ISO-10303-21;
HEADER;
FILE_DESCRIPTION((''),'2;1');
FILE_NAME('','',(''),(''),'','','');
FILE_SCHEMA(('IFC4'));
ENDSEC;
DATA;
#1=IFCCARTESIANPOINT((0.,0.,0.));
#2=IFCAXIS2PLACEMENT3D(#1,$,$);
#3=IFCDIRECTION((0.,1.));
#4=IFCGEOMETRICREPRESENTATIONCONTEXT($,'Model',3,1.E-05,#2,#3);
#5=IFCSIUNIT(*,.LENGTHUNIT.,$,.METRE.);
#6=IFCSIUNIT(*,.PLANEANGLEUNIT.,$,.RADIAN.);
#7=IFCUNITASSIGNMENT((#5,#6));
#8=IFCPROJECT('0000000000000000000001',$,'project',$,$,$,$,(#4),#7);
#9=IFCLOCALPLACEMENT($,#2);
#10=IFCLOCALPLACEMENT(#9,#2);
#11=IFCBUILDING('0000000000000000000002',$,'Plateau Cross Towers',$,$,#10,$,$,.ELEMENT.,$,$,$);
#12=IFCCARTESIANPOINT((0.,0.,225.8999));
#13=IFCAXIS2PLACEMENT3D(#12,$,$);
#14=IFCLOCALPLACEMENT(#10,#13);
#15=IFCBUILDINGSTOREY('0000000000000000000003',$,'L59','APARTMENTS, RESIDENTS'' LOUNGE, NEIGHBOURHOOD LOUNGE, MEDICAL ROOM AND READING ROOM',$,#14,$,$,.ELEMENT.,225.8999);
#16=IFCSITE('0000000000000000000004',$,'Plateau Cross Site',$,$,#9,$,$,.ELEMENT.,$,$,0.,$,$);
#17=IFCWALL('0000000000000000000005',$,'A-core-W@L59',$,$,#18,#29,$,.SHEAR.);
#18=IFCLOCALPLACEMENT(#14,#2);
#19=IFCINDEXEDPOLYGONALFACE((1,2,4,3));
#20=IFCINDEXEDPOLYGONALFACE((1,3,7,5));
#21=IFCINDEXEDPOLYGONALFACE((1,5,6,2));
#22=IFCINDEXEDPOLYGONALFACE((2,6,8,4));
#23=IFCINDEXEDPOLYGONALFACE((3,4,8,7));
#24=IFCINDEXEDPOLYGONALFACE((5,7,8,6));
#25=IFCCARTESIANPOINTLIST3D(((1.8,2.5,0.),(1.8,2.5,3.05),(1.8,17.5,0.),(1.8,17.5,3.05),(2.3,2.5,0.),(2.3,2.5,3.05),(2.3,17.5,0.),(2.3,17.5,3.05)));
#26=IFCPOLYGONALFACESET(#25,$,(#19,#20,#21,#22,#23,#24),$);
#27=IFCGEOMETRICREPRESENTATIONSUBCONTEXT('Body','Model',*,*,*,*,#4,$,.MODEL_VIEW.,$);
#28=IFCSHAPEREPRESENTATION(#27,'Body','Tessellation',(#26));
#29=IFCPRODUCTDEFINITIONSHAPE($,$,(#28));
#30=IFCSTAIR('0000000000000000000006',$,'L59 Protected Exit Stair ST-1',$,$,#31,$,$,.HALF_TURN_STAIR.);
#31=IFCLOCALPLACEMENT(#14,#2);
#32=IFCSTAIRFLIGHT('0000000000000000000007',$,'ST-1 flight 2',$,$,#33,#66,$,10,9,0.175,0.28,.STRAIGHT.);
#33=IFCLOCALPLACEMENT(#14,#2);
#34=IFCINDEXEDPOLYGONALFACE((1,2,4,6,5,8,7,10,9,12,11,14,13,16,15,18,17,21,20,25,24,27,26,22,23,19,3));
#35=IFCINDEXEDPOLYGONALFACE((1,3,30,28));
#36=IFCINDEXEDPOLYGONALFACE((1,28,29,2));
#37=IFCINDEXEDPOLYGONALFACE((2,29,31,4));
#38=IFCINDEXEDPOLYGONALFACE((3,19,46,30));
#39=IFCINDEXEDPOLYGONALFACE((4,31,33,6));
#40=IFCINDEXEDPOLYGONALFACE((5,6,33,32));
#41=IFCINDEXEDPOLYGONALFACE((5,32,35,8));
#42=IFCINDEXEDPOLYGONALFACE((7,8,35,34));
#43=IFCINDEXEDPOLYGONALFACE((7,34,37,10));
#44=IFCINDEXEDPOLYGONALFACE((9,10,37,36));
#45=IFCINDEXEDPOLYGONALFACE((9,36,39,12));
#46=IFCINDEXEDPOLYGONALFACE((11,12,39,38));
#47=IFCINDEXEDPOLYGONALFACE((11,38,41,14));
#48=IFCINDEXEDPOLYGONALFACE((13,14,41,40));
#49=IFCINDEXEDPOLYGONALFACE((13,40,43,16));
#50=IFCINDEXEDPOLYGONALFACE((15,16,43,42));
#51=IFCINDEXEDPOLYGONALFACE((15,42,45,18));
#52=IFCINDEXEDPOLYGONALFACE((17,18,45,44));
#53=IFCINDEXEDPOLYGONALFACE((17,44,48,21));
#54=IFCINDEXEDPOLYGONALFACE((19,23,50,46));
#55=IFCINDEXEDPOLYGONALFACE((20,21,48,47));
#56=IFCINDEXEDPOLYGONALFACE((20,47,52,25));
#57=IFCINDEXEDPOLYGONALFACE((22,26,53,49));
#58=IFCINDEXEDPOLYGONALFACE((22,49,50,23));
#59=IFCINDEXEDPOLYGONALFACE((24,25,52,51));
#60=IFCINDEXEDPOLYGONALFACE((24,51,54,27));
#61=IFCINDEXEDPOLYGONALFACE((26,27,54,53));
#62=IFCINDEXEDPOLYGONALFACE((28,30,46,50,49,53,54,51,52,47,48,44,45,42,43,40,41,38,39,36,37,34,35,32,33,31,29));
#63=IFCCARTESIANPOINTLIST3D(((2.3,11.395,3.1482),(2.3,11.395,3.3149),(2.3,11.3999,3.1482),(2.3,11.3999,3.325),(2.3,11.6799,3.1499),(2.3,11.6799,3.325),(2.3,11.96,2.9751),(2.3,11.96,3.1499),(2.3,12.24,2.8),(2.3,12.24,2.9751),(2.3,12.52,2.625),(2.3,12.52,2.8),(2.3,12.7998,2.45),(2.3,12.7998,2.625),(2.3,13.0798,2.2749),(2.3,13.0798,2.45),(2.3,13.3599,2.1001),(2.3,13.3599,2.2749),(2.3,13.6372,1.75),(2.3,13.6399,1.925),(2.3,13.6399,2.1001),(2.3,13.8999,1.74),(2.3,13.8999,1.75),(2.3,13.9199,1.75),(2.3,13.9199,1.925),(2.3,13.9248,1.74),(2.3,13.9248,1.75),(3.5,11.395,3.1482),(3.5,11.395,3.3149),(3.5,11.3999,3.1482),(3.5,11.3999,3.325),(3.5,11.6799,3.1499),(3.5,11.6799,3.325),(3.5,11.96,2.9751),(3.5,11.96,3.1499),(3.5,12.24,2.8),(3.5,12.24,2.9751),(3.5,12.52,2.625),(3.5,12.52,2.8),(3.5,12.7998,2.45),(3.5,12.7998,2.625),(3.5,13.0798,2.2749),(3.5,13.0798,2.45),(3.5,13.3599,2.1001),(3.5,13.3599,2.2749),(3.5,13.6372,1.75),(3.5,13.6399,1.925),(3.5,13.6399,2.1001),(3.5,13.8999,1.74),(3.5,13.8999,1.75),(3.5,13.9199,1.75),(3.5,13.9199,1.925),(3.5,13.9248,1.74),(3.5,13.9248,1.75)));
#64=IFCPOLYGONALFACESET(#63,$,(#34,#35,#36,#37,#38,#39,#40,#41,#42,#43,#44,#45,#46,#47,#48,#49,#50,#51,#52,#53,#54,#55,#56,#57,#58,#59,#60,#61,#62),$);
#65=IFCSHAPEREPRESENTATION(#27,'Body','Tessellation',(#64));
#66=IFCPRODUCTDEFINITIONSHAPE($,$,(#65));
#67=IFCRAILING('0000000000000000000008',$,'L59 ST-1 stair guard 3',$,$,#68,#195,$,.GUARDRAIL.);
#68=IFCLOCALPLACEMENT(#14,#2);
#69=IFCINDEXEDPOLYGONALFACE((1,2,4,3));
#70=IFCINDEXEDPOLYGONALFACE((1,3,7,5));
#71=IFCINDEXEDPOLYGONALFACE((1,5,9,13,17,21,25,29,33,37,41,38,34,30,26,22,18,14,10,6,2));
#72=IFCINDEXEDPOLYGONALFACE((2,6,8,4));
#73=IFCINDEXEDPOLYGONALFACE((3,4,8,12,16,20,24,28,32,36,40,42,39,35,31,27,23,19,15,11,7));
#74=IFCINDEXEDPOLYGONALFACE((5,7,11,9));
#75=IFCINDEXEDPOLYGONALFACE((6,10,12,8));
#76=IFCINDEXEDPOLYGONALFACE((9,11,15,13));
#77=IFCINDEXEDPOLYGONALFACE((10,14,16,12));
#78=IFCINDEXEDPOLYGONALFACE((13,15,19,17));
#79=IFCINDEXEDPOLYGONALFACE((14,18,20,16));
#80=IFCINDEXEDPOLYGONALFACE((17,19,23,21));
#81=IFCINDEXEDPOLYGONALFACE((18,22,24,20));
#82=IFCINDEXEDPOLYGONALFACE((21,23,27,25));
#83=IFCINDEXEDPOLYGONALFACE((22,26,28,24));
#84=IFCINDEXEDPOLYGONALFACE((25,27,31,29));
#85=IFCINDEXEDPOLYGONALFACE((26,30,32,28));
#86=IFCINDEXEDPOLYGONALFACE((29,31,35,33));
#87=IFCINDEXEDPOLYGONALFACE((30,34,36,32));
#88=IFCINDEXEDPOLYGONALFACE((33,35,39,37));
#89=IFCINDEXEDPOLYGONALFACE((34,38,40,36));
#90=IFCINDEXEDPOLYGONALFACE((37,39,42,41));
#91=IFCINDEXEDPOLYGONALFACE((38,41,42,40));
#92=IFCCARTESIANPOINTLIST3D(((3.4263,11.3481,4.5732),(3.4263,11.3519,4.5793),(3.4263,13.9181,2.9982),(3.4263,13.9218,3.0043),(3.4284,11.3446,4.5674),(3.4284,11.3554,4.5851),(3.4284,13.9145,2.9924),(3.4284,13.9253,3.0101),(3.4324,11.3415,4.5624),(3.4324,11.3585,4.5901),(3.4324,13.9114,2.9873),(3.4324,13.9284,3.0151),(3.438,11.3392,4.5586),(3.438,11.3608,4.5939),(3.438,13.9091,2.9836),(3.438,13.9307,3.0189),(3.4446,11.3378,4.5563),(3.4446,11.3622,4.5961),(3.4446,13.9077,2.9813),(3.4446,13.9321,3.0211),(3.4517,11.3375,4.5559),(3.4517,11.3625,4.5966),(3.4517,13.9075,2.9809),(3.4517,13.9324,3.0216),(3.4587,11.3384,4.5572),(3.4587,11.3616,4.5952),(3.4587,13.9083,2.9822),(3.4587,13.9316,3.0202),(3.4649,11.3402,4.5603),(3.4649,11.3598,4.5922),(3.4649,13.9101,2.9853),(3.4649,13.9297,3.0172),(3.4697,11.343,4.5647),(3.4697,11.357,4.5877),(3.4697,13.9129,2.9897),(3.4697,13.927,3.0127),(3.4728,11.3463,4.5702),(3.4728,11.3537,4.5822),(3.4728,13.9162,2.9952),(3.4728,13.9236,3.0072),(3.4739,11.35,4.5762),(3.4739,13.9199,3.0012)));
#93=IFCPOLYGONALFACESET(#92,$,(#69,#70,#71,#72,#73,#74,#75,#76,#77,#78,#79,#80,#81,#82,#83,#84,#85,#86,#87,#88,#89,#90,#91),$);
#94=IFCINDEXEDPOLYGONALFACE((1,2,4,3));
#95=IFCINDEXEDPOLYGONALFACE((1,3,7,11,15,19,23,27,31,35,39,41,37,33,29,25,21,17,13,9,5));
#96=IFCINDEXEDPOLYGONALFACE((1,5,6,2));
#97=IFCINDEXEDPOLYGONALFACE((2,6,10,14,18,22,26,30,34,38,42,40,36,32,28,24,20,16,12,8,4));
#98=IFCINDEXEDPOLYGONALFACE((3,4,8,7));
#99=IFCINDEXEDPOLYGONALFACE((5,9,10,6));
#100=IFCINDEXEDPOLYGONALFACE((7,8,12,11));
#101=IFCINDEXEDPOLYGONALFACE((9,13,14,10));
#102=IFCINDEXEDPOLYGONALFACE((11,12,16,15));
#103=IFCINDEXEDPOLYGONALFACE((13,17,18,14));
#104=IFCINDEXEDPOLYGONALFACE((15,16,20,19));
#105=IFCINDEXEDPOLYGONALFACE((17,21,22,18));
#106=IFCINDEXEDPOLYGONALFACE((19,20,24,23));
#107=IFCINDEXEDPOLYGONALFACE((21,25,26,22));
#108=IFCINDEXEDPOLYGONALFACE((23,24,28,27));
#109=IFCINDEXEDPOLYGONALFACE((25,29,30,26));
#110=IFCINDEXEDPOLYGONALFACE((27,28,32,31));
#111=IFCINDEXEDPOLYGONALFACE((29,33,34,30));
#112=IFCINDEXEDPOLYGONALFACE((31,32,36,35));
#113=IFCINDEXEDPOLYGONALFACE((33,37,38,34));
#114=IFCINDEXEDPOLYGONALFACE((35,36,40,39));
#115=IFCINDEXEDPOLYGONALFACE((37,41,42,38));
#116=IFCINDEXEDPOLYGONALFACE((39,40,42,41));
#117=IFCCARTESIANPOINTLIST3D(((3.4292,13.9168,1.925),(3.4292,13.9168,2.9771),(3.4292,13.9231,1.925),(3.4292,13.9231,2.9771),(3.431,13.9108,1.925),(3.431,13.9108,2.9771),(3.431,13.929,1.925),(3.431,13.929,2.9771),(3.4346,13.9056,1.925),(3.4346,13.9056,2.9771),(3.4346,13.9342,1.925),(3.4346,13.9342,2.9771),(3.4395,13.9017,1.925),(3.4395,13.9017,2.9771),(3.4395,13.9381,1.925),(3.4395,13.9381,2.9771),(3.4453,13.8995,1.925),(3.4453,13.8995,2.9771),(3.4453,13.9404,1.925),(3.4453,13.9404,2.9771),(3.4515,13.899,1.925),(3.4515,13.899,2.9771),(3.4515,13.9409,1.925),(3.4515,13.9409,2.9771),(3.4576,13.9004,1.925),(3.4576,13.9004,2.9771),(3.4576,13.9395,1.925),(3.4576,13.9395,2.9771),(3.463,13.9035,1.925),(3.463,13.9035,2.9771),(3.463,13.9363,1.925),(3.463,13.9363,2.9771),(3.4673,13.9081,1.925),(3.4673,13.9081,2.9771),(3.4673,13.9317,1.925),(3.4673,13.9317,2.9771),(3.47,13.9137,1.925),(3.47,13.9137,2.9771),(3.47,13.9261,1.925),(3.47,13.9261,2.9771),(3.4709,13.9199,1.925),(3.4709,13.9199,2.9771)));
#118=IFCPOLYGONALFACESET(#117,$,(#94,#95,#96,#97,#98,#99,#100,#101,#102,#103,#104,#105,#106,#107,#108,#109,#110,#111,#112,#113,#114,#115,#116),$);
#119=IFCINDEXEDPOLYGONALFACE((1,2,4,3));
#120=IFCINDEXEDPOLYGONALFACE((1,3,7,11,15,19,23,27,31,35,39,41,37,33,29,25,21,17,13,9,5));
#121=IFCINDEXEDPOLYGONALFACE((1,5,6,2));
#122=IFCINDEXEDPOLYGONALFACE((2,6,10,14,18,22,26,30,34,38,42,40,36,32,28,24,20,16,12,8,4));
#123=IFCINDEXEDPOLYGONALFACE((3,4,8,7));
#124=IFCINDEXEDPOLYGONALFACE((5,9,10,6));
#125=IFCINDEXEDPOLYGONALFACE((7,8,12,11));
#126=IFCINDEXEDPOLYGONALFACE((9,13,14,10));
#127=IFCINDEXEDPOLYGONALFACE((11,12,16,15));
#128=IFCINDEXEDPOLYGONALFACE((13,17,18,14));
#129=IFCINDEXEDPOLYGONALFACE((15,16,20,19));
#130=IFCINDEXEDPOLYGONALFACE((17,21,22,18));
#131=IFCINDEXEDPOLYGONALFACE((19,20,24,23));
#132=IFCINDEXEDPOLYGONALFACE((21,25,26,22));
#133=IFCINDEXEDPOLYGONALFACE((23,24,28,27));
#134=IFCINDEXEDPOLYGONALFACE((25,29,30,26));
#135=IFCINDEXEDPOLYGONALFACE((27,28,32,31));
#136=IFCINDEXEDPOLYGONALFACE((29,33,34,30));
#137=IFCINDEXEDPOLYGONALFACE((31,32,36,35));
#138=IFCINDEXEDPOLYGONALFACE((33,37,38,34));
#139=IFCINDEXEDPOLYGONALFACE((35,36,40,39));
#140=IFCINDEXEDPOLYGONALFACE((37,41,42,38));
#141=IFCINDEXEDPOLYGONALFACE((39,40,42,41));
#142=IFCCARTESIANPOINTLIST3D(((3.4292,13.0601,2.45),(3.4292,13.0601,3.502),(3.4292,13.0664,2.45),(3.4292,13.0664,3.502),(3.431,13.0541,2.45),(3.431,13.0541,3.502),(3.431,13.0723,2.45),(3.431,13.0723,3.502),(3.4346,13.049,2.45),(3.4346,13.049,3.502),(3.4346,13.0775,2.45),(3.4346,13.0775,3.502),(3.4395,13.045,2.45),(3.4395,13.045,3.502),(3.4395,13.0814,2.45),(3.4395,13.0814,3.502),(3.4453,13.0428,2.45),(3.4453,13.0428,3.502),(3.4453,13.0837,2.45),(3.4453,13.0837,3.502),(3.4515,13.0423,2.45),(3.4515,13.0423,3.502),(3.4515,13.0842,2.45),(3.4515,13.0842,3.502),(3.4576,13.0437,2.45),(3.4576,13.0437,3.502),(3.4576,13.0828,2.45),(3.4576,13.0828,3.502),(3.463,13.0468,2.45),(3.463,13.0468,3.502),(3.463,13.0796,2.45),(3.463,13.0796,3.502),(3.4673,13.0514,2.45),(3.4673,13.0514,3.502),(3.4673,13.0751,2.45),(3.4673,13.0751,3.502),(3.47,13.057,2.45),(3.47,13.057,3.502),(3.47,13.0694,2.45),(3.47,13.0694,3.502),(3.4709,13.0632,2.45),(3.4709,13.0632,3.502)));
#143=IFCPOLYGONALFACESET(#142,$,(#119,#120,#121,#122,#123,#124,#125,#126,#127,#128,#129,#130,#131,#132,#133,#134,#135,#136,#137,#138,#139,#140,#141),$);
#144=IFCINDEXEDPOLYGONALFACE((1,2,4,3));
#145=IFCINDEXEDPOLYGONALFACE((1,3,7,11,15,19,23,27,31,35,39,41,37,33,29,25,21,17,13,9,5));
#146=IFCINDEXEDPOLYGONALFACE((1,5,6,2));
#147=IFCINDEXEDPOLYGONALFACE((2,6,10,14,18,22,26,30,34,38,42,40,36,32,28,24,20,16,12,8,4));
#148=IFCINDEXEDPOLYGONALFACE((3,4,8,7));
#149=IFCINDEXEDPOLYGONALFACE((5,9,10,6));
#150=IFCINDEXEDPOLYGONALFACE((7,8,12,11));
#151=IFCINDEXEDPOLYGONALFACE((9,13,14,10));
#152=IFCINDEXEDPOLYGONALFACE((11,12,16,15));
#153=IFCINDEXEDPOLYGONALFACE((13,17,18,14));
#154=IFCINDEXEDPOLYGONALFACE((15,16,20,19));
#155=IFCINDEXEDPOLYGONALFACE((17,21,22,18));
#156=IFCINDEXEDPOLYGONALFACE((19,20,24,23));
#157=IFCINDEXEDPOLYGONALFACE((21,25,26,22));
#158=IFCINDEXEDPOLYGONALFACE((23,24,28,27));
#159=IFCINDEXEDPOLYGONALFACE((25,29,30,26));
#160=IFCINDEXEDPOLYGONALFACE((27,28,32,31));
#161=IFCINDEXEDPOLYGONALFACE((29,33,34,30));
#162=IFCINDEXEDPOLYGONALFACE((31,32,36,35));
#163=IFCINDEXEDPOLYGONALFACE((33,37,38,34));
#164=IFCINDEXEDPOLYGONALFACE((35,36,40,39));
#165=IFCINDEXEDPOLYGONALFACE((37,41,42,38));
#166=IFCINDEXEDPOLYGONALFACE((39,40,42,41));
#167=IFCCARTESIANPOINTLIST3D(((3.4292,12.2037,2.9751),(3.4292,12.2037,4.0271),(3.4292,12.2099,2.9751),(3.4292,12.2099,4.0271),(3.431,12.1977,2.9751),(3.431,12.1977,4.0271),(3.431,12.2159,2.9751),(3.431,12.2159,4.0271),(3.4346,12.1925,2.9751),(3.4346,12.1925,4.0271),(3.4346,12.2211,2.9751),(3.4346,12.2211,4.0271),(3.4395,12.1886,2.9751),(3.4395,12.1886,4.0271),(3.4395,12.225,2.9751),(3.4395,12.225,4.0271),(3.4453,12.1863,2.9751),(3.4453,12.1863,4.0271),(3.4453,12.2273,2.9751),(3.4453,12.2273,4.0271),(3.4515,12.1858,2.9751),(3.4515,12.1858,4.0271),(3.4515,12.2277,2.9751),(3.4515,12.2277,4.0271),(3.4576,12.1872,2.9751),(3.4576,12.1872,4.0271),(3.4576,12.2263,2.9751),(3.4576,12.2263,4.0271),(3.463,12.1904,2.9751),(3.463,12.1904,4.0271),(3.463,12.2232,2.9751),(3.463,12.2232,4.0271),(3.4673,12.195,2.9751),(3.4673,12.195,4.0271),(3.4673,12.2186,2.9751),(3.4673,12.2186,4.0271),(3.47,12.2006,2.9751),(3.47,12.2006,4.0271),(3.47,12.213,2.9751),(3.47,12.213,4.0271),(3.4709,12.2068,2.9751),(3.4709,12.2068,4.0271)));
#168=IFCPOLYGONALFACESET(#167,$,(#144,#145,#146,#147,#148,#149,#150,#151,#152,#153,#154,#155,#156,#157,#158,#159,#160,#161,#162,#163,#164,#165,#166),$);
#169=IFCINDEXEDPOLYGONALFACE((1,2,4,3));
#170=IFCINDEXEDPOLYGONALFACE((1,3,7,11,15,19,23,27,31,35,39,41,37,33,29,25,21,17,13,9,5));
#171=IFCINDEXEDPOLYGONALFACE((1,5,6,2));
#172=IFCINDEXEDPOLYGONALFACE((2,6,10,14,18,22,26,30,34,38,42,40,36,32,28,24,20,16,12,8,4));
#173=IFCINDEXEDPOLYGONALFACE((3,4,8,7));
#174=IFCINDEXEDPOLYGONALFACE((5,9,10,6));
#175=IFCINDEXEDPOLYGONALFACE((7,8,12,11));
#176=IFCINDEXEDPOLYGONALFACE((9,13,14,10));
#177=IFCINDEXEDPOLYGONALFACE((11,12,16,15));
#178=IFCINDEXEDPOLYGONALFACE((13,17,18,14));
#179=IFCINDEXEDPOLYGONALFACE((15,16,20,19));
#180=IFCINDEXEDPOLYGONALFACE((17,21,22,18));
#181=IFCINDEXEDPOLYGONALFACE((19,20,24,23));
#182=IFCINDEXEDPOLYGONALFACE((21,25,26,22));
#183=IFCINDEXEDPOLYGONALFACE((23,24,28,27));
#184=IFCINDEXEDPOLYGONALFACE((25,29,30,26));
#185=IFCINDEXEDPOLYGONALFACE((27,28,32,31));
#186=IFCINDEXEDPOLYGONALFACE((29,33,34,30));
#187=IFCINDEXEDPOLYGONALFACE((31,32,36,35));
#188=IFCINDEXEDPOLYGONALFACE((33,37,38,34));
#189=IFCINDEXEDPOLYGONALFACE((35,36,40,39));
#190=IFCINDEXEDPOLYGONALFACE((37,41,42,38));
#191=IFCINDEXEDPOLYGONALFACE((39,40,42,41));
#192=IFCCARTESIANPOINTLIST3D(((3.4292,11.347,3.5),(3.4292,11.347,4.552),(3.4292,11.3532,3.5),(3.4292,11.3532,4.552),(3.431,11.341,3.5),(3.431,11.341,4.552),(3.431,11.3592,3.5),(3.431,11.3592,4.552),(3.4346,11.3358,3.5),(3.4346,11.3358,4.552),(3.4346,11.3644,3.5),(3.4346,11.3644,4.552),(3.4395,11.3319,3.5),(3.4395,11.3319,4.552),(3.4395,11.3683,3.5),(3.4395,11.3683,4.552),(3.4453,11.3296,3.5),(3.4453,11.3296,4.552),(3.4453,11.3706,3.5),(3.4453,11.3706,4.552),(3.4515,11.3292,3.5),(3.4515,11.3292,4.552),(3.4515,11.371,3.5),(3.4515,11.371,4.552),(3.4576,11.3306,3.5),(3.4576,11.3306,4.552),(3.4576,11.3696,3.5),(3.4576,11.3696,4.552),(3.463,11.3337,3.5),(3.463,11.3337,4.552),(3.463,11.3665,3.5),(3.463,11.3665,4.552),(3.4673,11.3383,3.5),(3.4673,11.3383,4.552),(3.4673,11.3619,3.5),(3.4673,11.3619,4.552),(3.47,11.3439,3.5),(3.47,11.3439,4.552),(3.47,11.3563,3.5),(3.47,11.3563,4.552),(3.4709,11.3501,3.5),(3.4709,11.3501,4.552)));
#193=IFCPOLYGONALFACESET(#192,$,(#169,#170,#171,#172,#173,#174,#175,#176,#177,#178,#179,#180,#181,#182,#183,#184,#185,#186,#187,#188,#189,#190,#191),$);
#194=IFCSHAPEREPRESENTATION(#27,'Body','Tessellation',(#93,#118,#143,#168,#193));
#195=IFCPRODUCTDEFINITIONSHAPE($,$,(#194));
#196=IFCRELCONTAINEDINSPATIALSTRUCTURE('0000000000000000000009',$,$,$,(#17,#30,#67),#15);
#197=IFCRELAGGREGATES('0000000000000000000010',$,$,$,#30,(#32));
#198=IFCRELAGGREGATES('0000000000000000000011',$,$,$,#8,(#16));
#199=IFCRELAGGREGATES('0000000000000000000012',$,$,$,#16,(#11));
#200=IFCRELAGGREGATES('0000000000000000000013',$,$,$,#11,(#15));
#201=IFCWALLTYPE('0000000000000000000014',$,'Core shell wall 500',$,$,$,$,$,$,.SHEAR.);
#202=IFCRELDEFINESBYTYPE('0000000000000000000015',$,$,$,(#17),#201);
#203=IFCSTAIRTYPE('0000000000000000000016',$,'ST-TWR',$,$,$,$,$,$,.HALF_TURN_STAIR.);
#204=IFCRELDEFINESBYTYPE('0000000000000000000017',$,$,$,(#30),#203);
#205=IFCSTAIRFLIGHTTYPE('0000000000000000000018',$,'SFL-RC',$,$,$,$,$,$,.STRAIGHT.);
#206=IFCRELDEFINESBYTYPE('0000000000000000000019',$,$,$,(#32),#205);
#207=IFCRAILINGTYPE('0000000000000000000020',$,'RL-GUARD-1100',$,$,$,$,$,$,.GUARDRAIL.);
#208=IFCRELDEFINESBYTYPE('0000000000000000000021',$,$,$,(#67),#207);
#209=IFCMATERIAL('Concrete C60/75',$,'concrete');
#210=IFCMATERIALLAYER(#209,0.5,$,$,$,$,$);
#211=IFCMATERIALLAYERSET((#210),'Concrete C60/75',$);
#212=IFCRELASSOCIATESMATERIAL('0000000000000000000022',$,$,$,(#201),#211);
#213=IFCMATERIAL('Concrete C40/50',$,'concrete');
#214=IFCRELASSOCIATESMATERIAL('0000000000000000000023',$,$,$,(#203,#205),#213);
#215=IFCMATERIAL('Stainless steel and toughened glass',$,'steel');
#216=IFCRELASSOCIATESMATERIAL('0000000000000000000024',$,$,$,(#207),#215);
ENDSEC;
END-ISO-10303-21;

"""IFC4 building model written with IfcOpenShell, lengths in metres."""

from ifc_helpers import new_model, si_unit, direction, frame, frame_2d, origin, origin_2d, place, context, subcontext, project, spatial, polyline, rectangle, circle, outline, extrude, material, layer, layer_set, type_object, element, aggregate, save


model = new_model("IFC4")

# Units and contexts
model_context = context("Model", 3, precision=1e-05, world=origin(), true_north=direction((0.0, 1.0)))
body_context = subcontext(model_context, "Body", "Model", "MODEL_VIEW")
ifc_project = project(units=[si_unit("LENGTHUNIT", "METRE"), si_unit("PLANEANGLEUNIT", "RADIAN")], contexts=[model_context])

# Site, building, storey
site_placement = place(None, origin())
site = spatial("IfcSite", under=ifc_project, at=site_placement, Name="Plateau Cross Site", CompositionType="ELEMENT", RefElevation=0.0)
building_placement = place(site_placement, origin())
building = spatial("IfcBuilding", under=site, at=building_placement, Name="Plateau Cross Towers", CompositionType="ELEMENT")
storey_placement = place(building_placement, frame((0.0, 0.0, 225.8999)))
storey = spatial("IfcBuildingStorey", under=building, at=storey_placement, Name="L59", Description="APARTMENTS, RESIDENTS' LOUNGE, NEIGHBOURHOOD LOUNGE, MEDICAL ROOM AND READING ROOM", CompositionType="ELEMENT", Elevation=225.8999)

# Shared definitions
ifc_material_1 = material(Name="Concrete C60/75", Category="concrete")

# Wall
ifc_layer_1 = layer(ifc_material_1, 0.5)
ifc_layer_set_1 = layer_set([ifc_layer_1], Name="Concrete C60/75")
wall_type_1 = type_object("IfcWallType", Name="Core shell wall 500", PredefinedType="SHEAR", material=ifc_layer_set_1)
wall_1_placement = place(storey_placement, frame((2.05, 2.5, 0.0), z_axis=(0.0, 0.0, 1.0), x_axis=(0.0, 1.0, 0.0)))
element("IfcWall", 1, at=wall_1_placement, inside=storey, type_object=wall_type_1, Name="A-core-W@L59", PredefinedType="SHEAR", context=body_context, shape_type="SweptSolid", body=[
    extrude(rectangle(XDim=15.0, YDim=0.5, at=frame_2d((7.5, 0.0))), origin(), (0.0, 0.0, 1.0), 3.05),
])

# Stair, stair flight
ifc_material_2 = material(Name="Concrete C40/50", Category="concrete")
stair_type = type_object("IfcStairType", Name="ST-TWR", PredefinedType="HALF_TURN_STAIR", material=ifc_material_2)
stair_placement = place(storey_placement, origin())
stair = element("IfcStair", 2, at=stair_placement, inside=storey, type_object=stair_type, Name="L59 Protected Exit Stair ST-1", PredefinedType="HALF_TURN_STAIR")
stair_flight_type = type_object("IfcStairFlightType", Name="SFL-RC", PredefinedType="STRAIGHT", material=ifc_material_2)
stair_flight_placement = place(storey_placement, frame((2.8999, 13.9199, 1.75), z_axis=(0.0, 0.0, 1.0), x_axis=(0.0, -1.0, 0.0)))
stair_flight = element("IfcStairFlight", 3, at=stair_flight_placement, type_object=stair_flight_type, Name="ST-1 flight 2", NumberOfRisers=10, NumberOfTreads=9, PredefinedType="STRAIGHT", RiserHeight=0.175, TreadLength=0.28, context=body_context, shape_type="SweptSolid", body=[
    extrude(outline(polyline([(-0.0049, -0.01), (-0.0049, 0.0), (0.0, 0.0), (0.0, 0.175), (0.28, 0.175), (0.28, 0.3501), (0.5601, 0.3501), (0.5601, 0.5249), (0.8401, 0.5249), (0.8401, 0.7), (1.1201, 0.7), (1.1201, 0.875), (1.3999, 0.875), (1.3999, 1.05), (1.6799, 1.05), (1.6799, 1.2251), (1.96, 1.2251), (1.96, 1.3999), (2.24, 1.3999), (2.24, 1.575), (2.52, 1.575), (2.5249, 1.5649), (2.5249, 1.3982), (2.52, 1.3982), (0.2827, 0.0), (0.02, 0.0), (0.02, -0.01), (-0.0049, -0.01)])), frame((0.0, 0.6001, 0.0), z_axis=(0.0, -1.0, 0.0), x_axis=(1.0, 0.0, 0.0)), (0.0, 0.0, 1.0), 1.2),
])
aggregate(stair, [stair_flight])

# Railing
ifc_material_3 = material(Name="Stainless steel and toughened glass", Category="steel")
railing_type_1 = type_object("IfcRailingType", Name="RL-GUARD-1100", PredefinedType="GUARDRAIL", material=ifc_material_3)
railing_1_placement = place(storey_placement, frame((3.45, 13.9199, 1.925)))
element("IfcRailing", 4, at=railing_1_placement, inside=storey, type_object=railing_type_1, Name="L59 ST-1 stair guard 3", PredefinedType="GUARDRAIL", context=body_context, shape_type="SweptSolid", body=[
    extrude(circle(Radius=0.0239, at=origin_2d()), frame((0.0, 0.0, 1.0762), z_axis=(0.0, -0.852616, 0.522537), x_axis=(1.0, 0.0, 0.0)), (0.0, 0.0, 1.0), 3.0142),
    extrude(circle(Radius=0.021, at=origin_2d()), origin(), (0.0, 0.0, 1.0), 1.052),
    extrude(circle(Radius=0.021, at=origin_2d()), frame((0.0, -0.8567, 0.5249)), (0.0, 0.0, 1.0), 1.052),
    extrude(circle(Radius=0.021, at=origin_2d()), frame((0.0, -1.7131, 1.05)), (0.0, 0.0, 1.0), 1.052),
    extrude(circle(Radius=0.021, at=origin_2d()), frame((0.0, -2.5698, 1.575)), (0.0, 0.0, 1.0), 1.052),
])

save(model, "model.ifc")
